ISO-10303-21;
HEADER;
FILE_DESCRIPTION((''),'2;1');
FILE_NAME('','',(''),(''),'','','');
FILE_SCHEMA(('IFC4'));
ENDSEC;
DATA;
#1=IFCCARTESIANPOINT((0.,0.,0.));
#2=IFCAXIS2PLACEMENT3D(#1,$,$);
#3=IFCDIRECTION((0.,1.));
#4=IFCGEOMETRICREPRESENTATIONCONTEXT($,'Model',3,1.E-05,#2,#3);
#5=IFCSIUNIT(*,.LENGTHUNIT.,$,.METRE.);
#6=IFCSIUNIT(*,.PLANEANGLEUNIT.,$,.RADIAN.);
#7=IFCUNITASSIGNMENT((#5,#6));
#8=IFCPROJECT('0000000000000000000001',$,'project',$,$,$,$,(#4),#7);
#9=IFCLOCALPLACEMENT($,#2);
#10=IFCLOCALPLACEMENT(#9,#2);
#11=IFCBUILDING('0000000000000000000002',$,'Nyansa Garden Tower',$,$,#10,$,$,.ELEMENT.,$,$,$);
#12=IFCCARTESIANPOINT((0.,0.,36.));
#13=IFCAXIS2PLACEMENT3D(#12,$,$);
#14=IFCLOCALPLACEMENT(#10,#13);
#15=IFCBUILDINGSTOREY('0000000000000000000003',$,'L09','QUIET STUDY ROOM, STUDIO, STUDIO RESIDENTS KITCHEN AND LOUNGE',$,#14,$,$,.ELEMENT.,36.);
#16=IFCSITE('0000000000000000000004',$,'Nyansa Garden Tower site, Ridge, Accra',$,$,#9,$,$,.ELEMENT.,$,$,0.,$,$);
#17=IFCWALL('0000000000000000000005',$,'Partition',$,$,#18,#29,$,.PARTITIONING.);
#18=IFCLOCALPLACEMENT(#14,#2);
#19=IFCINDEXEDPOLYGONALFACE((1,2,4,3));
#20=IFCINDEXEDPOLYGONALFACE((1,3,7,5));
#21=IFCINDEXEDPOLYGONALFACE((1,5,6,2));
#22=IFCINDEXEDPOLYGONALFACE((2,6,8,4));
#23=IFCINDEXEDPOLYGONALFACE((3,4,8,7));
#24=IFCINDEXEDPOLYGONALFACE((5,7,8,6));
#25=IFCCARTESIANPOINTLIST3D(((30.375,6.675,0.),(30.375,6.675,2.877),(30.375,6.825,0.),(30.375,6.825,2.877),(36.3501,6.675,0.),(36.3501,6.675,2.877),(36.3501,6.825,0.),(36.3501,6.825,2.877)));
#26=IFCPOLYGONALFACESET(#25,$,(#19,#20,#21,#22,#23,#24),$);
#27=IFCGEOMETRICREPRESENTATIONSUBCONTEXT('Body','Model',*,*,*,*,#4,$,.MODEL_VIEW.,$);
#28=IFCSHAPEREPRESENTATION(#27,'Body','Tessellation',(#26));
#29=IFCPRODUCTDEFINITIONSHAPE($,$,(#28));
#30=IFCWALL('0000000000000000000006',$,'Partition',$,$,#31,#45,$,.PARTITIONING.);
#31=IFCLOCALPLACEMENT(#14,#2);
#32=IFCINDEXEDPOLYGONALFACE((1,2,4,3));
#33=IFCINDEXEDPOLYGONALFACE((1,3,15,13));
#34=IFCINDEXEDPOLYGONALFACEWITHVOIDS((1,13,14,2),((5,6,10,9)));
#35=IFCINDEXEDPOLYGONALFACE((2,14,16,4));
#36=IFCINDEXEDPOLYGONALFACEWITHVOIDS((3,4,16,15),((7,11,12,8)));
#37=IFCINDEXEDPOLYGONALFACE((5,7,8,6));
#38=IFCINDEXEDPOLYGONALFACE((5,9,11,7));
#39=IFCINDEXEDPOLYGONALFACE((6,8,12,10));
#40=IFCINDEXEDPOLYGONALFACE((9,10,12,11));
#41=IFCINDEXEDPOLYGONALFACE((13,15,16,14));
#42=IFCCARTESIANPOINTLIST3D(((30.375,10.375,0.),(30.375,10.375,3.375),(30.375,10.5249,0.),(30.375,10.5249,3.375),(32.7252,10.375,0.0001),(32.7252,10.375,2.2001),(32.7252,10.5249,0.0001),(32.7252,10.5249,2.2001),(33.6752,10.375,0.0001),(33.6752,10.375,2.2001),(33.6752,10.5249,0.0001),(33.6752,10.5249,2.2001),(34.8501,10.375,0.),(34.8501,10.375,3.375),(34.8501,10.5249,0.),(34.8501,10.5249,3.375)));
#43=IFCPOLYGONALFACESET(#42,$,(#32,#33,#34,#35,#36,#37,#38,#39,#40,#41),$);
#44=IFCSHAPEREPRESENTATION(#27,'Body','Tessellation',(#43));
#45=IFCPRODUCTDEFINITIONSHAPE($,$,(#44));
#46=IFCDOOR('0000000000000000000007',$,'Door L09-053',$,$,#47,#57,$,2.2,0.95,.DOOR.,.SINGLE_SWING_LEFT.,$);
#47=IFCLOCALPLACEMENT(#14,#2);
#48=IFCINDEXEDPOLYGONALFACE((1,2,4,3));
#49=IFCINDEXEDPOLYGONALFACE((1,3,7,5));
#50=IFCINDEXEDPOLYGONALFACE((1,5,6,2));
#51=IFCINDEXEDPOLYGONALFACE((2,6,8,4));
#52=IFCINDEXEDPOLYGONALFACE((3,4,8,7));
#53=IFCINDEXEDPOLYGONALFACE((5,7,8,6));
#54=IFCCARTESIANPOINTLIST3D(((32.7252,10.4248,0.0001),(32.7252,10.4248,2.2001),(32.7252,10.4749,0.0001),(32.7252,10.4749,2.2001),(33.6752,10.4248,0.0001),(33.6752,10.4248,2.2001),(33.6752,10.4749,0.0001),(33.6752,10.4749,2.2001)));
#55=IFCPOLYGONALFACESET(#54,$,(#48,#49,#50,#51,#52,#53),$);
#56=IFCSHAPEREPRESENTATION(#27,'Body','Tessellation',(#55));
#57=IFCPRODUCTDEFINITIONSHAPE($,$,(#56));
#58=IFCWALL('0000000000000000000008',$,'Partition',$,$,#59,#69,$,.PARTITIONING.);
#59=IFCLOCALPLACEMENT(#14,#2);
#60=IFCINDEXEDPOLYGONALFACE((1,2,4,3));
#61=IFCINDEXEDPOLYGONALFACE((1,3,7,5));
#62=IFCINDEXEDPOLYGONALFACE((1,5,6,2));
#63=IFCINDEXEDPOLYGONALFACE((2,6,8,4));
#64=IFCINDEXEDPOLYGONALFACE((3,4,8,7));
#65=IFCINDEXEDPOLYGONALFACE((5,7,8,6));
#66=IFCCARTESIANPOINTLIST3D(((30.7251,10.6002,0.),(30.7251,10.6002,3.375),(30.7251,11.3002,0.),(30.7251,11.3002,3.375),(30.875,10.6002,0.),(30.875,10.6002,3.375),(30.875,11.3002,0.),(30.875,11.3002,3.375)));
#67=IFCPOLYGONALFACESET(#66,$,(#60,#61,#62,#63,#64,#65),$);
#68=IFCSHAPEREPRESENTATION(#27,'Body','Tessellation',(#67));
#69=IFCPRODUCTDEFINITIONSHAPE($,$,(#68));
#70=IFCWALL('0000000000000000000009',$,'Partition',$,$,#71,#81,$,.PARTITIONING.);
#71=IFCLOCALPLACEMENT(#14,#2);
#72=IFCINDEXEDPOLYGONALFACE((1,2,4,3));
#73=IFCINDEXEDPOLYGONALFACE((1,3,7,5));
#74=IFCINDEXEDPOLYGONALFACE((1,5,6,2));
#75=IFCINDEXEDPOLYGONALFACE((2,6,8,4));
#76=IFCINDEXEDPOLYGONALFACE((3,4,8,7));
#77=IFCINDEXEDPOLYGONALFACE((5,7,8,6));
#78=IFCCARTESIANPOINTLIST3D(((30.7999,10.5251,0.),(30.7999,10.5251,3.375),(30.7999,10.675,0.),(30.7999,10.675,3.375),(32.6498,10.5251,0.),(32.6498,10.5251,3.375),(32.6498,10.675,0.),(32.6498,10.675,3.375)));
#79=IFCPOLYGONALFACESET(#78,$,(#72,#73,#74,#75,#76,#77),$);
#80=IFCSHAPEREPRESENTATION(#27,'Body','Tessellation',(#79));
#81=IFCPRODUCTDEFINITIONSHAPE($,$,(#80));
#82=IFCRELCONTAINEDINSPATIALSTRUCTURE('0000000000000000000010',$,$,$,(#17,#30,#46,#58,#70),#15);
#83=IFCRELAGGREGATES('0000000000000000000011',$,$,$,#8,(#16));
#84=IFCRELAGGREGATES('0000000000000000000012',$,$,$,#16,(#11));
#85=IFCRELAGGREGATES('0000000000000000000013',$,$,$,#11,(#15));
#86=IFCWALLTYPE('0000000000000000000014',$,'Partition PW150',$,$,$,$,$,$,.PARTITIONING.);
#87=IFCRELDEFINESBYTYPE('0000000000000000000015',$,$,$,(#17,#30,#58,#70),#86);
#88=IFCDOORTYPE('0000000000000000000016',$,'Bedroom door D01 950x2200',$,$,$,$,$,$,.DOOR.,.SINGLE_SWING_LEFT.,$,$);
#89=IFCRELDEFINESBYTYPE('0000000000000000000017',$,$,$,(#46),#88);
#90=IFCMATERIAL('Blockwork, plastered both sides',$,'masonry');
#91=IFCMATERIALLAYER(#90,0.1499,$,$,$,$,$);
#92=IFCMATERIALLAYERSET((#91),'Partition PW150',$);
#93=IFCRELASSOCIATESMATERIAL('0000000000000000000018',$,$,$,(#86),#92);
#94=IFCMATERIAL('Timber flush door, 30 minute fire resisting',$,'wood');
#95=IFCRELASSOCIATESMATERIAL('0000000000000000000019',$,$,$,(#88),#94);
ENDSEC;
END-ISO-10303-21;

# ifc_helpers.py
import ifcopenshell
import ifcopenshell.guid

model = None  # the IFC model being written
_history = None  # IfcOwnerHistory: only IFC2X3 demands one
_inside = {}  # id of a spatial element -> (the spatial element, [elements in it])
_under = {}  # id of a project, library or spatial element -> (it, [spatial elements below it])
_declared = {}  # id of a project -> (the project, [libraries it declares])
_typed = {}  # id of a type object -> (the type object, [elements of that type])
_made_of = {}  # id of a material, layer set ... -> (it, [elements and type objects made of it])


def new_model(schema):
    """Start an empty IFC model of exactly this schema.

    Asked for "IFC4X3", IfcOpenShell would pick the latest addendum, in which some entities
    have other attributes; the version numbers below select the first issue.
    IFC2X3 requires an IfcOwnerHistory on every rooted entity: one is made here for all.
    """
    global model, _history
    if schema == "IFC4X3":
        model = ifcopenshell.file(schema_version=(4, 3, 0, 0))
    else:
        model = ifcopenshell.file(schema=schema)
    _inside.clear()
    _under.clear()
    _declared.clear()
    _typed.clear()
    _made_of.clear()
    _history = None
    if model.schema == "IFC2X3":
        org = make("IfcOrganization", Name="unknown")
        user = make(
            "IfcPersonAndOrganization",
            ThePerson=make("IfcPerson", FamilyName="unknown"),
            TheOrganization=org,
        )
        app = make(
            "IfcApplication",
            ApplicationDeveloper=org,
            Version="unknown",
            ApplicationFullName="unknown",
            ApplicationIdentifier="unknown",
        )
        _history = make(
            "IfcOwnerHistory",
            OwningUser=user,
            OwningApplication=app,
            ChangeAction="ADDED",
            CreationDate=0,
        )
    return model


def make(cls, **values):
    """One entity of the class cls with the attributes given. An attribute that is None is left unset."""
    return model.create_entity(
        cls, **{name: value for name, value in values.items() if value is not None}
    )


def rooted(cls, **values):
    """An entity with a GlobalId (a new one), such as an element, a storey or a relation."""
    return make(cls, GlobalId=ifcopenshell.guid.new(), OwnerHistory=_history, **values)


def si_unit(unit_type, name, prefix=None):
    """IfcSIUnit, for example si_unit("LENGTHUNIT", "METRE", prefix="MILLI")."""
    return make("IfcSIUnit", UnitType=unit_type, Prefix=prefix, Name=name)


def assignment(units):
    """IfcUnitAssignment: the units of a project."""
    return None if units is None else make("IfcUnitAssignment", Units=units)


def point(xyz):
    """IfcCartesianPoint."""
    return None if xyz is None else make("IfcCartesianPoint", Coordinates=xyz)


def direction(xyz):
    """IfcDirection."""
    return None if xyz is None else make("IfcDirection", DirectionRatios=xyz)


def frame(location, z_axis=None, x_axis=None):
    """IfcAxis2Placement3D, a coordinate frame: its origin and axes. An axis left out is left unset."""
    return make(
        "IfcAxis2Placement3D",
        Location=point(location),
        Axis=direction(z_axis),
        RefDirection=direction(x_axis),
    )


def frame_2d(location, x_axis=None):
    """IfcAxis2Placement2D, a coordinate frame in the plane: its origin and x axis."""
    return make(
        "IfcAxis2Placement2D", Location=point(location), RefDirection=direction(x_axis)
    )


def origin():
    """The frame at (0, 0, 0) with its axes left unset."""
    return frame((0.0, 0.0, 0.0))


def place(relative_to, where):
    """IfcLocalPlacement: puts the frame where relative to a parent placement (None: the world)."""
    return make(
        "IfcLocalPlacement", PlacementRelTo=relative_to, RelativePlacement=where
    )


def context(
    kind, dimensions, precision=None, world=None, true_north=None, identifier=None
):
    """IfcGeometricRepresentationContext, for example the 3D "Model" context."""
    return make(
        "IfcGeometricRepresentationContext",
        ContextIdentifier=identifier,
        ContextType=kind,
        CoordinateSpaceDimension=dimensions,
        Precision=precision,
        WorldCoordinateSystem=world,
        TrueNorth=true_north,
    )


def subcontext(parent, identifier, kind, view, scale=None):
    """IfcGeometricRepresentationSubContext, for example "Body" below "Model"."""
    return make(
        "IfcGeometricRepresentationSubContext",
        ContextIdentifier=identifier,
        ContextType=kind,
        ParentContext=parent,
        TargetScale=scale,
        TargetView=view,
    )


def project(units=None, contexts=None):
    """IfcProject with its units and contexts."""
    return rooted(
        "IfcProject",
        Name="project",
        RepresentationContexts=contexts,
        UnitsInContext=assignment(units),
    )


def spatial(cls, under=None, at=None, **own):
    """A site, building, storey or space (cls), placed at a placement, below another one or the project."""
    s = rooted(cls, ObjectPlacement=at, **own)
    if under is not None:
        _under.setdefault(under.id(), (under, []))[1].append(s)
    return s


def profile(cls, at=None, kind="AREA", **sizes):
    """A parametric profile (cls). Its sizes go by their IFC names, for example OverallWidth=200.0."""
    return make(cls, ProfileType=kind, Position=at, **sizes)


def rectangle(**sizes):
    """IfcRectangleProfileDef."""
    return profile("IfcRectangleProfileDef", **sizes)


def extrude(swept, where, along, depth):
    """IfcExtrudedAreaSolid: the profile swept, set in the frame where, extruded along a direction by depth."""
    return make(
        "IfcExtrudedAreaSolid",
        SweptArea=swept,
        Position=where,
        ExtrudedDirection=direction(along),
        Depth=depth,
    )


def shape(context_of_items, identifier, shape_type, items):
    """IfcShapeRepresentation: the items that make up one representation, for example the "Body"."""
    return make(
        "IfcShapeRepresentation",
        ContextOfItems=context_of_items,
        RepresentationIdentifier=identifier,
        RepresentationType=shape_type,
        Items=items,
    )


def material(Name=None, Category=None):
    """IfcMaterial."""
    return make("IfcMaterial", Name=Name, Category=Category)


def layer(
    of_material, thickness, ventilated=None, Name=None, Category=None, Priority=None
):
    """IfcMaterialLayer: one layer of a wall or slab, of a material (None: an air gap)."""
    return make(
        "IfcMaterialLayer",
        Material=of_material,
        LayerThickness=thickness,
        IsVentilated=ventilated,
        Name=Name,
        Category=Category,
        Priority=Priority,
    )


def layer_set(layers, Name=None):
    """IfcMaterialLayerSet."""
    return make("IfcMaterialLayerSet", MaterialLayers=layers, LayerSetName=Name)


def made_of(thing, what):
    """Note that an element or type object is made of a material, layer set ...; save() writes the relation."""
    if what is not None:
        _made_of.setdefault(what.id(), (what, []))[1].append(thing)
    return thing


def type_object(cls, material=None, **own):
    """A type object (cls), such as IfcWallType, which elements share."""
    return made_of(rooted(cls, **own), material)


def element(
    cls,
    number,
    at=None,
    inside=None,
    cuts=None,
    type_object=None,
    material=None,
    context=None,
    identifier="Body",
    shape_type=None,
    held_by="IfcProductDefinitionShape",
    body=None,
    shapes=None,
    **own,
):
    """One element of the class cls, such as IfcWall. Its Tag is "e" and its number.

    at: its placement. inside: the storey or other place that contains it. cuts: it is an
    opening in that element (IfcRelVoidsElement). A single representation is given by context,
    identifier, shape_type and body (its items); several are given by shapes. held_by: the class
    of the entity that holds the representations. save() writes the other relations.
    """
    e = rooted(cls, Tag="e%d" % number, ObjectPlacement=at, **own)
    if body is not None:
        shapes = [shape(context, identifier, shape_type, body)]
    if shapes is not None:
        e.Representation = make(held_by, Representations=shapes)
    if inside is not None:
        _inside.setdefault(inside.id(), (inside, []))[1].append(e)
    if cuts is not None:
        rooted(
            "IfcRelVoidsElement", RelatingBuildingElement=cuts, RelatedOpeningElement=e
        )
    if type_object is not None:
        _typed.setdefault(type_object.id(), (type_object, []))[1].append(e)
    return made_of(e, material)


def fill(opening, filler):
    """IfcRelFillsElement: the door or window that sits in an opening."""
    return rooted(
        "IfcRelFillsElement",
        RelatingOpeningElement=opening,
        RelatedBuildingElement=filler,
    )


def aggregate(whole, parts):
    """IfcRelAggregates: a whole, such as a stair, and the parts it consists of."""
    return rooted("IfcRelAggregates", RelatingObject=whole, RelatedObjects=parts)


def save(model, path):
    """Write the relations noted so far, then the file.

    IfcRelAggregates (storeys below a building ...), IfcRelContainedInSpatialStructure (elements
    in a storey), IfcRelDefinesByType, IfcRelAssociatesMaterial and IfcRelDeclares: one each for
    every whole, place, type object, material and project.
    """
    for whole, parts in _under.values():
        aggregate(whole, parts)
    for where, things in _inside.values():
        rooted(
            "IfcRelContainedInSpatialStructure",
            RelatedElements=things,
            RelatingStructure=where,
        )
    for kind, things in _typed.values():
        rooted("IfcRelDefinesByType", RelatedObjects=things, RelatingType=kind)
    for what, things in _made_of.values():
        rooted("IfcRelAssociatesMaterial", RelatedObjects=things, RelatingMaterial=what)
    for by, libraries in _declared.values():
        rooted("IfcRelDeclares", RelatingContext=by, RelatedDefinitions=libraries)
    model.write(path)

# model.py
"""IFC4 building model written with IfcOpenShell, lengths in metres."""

from ifc_helpers import new_model, si_unit, direction, frame, frame_2d, origin, place, context, subcontext, project, spatial, rectangle, extrude, material, layer, layer_set, type_object, element, fill, save


model = new_model("IFC4")

# Units and contexts
model_context = context("Model", 3, precision=1e-05, world=origin(), true_north=direction((0.0, 1.0)))
body_context = subcontext(model_context, "Body", "Model", "MODEL_VIEW")
ifc_project = project(units=[si_unit("LENGTHUNIT", "METRE"), si_unit("PLANEANGLEUNIT", "RADIAN")], contexts=[model_context])

# Site, building, storey
site_placement = place(None, origin())
site = spatial("IfcSite", under=ifc_project, at=site_placement, Name="Nyansa Garden Tower site, Ridge, Accra", CompositionType="ELEMENT", RefElevation=0.0)
building_placement = place(site_placement, origin())
building = spatial("IfcBuilding", under=site, at=building_placement, Name="Nyansa Garden Tower", CompositionType="ELEMENT")
storey_placement = place(building_placement, frame((0.0, 0.0, 36.0)))
storey = spatial("IfcBuildingStorey", under=building, at=storey_placement, Name="L09", Description="QUIET STUDY ROOM, STUDIO, STUDIO RESIDENTS KITCHEN AND LOUNGE", CompositionType="ELEMENT", Elevation=36.0)

# Shared definitions
ifc_material_1 = material(Name="Blockwork, plastered both sides", Category="masonry")
ifc_layer_1 = layer(ifc_material_1, 0.1499)
ifc_layer_set_1 = layer_set([ifc_layer_1], Name="Partition PW150")
wall_type_1 = type_object("IfcWallType", Name="Partition PW150", PredefinedType="PARTITIONING", material=ifc_layer_set_1)
ifc_material_2 = material(Name="Timber flush door, 30 minute fire resisting", Category="wood")
door_type_1 = type_object("IfcDoorType", Name="Bedroom door D01 950x2200", OperationType="SINGLE_SWING_LEFT", PredefinedType="DOOR", material=ifc_material_2)

# Wall
wall_1_placement = place(storey_placement, frame((30.375, 6.75, 0.0), z_axis=(0.0, 0.0, 1.0), x_axis=(1.0, 0.0, 0.0)))
element("IfcWall", 1, at=wall_1_placement, inside=storey, type_object=wall_type_1, Name="Partition", PredefinedType="PARTITIONING", context=body_context, shape_type="SweptSolid", body=[
    extrude(rectangle(XDim=5.9751, YDim=0.1499, at=frame_2d((2.9875, 0.0))), origin(), (0.0, 0.0, 1.0), 2.877),
])

# Wall, opening, door
wall_2_placement = place(storey_placement, frame((30.375, 10.45, 0.0), z_axis=(0.0, 0.0, 1.0), x_axis=(1.0, 0.0, 0.0)))
wall_2 = element("IfcWall", 2, at=wall_2_placement, inside=storey, type_object=wall_type_1, Name="Partition", PredefinedType="PARTITIONING", context=body_context, shape_type="SweptSolid", body=[
    extrude(rectangle(XDim=4.4751, YDim=0.1499, at=frame_2d((2.2375, 0.0))), origin(), (0.0, 0.0, 1.0), 3.375),
])
opening_1_placement = place(wall_2_placement, frame((2.3501, 0.0, 0.0)))
opening_1 = element("IfcOpeningElement", 3, at=opening_1_placement, cuts=wall_2, PredefinedType="OPENING", context=body_context, shape_type="SweptSolid", body=[
    extrude(rectangle(XDim=0.95, YDim=2.2, at=frame_2d((0.4751, 1.1001))), frame((0.0, 0.085, 0.0), z_axis=(0.0, -1.0, 0.0), x_axis=(1.0, 0.0, 0.0)), (0.0, 0.0, 1.0), 0.1699),
])
door_1_placement = place(opening_1_placement, origin())
door_1 = element("IfcDoor", 4, at=door_1_placement, inside=storey, type_object=door_type_1, Name="Door L09-053", OperationType="SINGLE_SWING_LEFT", OverallHeight=2.2, OverallWidth=0.95, PredefinedType="DOOR", context=body_context, shape_type="SweptSolid", body=[
    extrude(rectangle(XDim=0.95, YDim=2.2, at=frame_2d((0.4751, 1.1001))), frame((0.0, 0.0249, 0.0), z_axis=(0.0, -1.0, 0.0), x_axis=(1.0, 0.0, 0.0)), (0.0, 0.0, 1.0), 0.05),
])
fill(opening_1, door_1)

# Walls
wall_3_placement = place(storey_placement, frame((30.8, 10.6001, 0.0), z_axis=(0.0, 0.0, 1.0), x_axis=(0.0, 1.0, 0.0)))
element("IfcWall", 5, at=wall_3_placement, inside=storey, type_object=wall_type_1, Name="Partition", PredefinedType="PARTITIONING", context=body_context, shape_type="SweptSolid", body=[
    extrude(rectangle(XDim=0.7, YDim=0.1499, at=frame_2d((0.3501, 0.0))), origin(), (0.0, 0.0, 1.0), 3.375),
])
wall_4_placement = place(storey_placement, frame((30.8, 10.6001, 0.0), z_axis=(0.0, 0.0, 1.0), x_axis=(1.0, 0.0, 0.0)))
element("IfcWall", 6, at=wall_4_placement, inside=storey, type_object=wall_type_1, Name="Partition", PredefinedType="PARTITIONING", context=body_context, shape_type="SweptSolid", body=[
    extrude(rectangle(XDim=1.8499, YDim=0.1499, at=frame_2d((0.9248, 0.0))), origin(), (0.0, 0.0, 1.0), 3.375),
])

save(model, "model.ifc")
